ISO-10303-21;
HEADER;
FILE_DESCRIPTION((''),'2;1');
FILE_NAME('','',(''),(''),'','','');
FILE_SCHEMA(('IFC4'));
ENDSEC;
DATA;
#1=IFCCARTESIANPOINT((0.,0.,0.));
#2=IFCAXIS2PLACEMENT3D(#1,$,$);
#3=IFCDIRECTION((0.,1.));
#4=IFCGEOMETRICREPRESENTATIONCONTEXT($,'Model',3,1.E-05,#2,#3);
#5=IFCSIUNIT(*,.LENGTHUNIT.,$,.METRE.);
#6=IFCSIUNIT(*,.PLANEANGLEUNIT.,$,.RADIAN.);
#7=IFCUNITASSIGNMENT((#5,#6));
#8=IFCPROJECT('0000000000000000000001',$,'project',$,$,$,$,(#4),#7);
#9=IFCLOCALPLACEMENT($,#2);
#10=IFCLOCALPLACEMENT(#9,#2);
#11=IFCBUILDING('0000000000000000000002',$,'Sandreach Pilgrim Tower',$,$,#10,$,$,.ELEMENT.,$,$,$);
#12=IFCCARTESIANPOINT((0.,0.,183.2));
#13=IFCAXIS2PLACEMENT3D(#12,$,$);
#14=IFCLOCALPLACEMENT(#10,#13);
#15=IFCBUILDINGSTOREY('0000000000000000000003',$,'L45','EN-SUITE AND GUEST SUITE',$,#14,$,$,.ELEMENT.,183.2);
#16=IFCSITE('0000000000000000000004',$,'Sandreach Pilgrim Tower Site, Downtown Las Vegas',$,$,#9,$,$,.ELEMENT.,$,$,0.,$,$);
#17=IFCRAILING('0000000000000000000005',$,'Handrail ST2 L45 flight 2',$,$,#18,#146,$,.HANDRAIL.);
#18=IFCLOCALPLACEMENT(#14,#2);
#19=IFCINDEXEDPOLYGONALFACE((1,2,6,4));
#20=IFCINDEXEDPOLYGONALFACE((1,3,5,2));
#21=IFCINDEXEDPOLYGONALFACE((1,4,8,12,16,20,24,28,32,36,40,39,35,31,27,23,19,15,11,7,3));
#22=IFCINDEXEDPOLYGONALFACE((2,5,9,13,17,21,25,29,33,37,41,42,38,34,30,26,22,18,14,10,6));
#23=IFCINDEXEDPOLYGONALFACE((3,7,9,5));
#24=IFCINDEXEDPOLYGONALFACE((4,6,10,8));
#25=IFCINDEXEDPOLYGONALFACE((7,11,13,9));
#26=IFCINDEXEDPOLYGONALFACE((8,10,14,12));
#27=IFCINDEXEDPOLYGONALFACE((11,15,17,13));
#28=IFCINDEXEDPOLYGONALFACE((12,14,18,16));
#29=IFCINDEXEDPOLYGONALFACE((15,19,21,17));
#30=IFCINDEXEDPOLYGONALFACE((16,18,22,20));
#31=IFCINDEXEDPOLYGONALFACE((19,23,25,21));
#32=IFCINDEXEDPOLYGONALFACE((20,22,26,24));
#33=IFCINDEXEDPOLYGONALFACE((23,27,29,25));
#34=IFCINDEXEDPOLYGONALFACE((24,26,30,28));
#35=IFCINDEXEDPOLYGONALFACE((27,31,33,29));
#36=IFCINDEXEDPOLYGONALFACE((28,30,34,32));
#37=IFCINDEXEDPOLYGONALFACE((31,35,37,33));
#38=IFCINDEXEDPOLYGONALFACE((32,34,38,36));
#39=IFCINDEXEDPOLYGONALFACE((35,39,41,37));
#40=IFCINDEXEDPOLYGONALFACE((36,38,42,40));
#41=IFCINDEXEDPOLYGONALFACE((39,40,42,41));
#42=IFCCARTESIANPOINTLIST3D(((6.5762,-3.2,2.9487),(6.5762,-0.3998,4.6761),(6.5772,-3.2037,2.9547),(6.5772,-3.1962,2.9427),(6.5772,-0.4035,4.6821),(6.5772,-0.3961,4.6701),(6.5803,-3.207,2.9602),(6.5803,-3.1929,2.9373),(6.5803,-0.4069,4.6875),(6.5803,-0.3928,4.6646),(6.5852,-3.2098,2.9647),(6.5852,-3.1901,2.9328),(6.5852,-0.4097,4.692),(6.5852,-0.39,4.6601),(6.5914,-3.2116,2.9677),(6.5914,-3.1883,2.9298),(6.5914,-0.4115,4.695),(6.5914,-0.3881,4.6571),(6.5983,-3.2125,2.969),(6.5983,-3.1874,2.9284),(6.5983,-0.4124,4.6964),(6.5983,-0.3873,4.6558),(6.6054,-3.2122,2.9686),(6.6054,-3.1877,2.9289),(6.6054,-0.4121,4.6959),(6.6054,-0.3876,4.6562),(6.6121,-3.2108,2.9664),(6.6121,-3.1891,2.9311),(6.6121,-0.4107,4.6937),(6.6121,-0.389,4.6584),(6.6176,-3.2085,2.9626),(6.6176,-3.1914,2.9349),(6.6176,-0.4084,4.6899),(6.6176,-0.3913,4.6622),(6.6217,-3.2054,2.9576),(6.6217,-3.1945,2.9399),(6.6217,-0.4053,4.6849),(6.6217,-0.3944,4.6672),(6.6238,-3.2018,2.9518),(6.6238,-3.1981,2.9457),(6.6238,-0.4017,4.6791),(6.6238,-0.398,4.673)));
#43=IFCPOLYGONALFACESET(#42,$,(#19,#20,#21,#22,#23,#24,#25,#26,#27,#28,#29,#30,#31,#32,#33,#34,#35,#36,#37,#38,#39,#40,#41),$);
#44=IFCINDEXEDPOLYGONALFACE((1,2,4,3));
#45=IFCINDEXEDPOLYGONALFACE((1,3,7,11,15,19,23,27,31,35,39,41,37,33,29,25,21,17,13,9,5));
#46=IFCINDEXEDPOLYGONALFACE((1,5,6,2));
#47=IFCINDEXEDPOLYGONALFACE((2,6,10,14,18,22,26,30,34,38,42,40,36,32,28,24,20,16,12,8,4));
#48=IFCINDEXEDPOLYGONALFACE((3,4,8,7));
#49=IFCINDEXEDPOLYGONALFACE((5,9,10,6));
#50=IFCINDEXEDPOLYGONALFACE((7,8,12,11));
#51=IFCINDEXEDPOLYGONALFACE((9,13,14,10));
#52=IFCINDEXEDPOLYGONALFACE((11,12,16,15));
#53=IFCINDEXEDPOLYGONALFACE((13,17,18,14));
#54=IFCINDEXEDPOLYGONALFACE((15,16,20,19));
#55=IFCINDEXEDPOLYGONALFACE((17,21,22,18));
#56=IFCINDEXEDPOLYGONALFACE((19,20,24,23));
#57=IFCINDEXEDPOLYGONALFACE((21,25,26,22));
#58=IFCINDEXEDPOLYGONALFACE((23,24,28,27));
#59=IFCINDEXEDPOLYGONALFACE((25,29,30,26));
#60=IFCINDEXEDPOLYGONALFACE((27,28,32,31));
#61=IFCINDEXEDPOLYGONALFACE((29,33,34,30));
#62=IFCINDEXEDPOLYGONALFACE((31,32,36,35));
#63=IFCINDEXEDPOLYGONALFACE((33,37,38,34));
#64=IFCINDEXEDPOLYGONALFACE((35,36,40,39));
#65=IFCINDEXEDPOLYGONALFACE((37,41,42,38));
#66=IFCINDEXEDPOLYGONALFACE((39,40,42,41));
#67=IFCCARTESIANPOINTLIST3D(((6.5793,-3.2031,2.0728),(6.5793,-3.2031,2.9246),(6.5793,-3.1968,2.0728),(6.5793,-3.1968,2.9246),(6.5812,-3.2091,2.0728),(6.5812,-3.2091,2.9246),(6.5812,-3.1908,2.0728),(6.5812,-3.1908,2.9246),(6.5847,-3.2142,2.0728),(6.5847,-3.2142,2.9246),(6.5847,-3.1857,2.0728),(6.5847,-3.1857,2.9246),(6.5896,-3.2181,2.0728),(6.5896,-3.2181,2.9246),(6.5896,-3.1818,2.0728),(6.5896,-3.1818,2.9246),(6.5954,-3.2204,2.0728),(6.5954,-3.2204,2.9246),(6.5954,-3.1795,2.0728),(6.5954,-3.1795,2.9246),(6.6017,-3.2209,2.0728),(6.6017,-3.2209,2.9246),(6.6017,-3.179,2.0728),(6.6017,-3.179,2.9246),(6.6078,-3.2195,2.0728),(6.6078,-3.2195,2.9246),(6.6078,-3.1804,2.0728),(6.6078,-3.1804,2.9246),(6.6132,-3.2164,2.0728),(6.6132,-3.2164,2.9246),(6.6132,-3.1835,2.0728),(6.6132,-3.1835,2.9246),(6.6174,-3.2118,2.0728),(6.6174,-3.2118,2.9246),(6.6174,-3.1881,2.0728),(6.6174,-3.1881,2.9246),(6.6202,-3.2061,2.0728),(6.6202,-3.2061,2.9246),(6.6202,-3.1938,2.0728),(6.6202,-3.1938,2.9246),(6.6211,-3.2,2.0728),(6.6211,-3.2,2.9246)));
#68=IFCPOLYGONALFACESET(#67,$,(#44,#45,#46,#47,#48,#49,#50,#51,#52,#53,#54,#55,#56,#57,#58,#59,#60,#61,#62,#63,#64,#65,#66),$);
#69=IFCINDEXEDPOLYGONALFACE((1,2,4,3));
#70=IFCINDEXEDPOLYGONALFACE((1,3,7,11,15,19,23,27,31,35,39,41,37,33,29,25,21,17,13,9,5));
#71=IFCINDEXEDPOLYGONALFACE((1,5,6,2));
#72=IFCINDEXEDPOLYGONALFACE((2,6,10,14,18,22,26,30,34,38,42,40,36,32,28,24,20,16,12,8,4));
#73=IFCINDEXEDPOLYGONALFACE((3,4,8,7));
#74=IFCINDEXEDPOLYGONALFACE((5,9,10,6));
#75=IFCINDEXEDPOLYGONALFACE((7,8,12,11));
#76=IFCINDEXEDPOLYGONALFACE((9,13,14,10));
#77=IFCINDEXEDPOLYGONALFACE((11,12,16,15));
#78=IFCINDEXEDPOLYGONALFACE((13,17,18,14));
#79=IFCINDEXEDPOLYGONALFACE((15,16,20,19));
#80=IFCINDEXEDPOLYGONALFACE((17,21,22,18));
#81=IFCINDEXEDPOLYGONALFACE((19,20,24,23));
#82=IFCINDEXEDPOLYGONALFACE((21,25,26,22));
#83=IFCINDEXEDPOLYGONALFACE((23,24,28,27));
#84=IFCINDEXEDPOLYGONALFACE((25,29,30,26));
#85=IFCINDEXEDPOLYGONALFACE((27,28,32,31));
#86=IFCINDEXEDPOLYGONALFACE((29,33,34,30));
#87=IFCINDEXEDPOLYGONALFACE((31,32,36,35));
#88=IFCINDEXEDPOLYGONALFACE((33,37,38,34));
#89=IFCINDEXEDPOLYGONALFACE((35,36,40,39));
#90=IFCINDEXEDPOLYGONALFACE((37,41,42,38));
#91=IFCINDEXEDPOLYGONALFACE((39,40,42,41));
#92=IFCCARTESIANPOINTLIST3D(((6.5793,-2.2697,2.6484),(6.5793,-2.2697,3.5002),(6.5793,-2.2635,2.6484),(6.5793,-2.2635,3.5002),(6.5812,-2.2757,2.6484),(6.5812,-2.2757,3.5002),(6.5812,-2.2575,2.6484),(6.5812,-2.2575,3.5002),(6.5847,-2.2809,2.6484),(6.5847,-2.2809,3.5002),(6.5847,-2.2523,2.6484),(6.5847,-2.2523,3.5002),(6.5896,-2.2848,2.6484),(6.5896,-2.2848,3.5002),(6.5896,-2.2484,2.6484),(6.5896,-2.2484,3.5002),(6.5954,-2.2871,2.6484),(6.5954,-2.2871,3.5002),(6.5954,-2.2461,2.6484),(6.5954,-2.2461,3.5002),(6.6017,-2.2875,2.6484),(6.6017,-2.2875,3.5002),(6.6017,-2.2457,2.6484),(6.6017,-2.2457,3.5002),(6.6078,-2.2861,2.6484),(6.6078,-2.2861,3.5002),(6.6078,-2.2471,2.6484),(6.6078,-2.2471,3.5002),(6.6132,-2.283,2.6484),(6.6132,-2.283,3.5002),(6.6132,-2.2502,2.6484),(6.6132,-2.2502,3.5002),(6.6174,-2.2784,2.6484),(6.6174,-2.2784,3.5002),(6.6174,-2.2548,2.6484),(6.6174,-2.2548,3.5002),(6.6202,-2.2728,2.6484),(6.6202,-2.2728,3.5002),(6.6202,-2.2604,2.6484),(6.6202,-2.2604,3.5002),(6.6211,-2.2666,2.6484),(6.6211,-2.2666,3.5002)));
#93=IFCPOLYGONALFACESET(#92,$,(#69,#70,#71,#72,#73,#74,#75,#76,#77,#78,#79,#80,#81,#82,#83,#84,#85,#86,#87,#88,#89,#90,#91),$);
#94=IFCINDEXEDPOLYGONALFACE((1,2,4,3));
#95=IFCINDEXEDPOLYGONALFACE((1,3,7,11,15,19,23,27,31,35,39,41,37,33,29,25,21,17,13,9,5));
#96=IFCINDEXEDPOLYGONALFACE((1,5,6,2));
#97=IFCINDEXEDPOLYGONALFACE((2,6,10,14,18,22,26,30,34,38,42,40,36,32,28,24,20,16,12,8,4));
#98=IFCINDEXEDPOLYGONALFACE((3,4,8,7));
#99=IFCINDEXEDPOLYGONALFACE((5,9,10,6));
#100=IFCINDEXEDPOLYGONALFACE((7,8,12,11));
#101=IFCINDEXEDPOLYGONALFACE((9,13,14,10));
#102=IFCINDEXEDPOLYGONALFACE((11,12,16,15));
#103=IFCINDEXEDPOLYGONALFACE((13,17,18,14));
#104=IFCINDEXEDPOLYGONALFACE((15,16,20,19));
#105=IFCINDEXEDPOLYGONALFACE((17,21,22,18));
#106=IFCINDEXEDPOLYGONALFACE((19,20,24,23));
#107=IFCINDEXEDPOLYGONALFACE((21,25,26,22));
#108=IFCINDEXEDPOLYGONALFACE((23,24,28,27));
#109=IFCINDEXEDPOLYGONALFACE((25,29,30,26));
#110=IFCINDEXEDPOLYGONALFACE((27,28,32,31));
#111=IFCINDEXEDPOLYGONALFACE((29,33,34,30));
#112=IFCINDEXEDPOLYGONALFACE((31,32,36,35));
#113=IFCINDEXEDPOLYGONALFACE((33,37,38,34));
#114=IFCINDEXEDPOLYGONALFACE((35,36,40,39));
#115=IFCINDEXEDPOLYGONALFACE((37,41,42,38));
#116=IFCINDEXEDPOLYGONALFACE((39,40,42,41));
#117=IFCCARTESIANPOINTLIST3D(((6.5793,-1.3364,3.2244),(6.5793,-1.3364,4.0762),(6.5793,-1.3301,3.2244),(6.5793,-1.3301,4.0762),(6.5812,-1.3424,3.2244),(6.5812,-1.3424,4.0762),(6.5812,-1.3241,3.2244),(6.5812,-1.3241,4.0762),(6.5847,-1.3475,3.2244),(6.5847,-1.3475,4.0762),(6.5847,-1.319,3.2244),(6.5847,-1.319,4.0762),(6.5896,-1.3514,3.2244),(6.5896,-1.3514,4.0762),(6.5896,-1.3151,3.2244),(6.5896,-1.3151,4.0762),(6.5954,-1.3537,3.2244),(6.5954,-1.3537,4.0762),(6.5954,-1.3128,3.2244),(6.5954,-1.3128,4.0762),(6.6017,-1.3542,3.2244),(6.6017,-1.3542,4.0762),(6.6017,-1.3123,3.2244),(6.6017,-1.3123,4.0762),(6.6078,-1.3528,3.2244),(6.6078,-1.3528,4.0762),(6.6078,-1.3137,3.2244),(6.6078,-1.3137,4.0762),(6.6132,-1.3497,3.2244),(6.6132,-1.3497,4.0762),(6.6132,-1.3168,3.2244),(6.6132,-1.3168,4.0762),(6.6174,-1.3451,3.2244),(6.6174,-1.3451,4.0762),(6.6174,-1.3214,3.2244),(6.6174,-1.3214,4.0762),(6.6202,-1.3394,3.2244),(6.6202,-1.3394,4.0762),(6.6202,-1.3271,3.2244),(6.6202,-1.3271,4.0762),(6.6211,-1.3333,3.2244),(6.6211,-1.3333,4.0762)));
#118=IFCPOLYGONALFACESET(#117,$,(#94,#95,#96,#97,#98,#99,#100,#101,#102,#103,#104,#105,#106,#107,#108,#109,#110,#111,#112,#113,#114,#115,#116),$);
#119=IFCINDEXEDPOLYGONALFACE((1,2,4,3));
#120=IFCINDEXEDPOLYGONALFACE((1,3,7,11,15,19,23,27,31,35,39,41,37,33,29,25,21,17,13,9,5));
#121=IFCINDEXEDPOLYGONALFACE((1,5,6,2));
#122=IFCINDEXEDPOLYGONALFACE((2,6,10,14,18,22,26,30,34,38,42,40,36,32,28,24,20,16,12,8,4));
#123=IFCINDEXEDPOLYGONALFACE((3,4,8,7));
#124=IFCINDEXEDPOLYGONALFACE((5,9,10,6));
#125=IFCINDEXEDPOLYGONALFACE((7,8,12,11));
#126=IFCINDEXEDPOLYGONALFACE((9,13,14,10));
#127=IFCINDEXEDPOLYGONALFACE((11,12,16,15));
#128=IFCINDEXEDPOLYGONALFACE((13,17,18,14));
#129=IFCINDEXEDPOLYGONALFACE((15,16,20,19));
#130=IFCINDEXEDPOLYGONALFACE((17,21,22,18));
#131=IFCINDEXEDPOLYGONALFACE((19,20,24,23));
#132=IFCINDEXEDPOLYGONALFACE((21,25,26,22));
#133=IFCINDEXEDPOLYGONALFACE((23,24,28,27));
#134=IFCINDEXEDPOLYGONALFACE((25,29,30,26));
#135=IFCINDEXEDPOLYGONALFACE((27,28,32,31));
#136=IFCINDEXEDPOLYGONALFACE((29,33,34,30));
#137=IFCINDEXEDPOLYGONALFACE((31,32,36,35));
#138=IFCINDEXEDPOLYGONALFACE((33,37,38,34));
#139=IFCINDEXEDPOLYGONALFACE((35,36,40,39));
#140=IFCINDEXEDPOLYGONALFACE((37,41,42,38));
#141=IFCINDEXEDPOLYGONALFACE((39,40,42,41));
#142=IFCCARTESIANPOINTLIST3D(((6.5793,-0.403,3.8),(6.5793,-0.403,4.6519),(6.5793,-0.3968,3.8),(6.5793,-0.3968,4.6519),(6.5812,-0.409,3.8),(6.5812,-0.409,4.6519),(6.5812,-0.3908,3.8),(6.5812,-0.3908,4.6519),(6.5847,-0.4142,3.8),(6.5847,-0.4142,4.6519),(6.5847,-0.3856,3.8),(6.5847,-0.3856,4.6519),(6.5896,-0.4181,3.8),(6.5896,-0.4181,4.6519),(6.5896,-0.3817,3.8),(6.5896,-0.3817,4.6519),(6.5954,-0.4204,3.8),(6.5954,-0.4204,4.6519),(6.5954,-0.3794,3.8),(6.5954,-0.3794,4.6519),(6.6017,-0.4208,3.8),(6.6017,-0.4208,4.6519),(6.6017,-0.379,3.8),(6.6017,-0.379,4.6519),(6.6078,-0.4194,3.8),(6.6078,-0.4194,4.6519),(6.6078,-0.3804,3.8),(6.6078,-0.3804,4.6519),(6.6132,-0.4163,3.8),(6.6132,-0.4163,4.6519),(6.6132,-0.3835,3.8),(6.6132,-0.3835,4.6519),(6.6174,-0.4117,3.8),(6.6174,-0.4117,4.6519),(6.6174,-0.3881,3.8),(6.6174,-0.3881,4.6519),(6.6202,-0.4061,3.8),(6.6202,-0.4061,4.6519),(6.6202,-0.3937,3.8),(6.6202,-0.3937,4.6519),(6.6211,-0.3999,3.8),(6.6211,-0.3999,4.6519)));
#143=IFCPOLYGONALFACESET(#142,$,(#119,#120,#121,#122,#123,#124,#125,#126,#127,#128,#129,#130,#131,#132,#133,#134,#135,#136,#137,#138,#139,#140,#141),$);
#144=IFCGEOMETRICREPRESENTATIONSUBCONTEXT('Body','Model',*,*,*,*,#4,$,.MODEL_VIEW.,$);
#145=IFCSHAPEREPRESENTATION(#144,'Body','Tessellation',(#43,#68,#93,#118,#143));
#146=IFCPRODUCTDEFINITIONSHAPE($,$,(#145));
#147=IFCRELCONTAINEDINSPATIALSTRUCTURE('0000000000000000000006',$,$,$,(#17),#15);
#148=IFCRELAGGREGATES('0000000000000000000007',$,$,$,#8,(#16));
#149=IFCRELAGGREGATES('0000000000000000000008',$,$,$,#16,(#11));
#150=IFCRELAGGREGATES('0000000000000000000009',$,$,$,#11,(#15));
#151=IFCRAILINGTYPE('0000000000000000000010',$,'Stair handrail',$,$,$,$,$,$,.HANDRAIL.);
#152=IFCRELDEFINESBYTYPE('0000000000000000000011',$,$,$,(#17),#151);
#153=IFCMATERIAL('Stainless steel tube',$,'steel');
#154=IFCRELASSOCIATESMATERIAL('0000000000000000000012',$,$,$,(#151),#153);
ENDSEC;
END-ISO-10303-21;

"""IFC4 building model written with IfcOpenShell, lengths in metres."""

from ifc_helpers import new_model, si_unit, direction, frame, origin, origin_2d, place, context, subcontext, project, spatial, circle, extrude, material, type_object, element, save


model = new_model("IFC4")

# Units and contexts
model_context = context("Model", 3, precision=1e-05, world=origin(), true_north=direction((0.0, 1.0)))
body_context = subcontext(model_context, "Body", "Model", "MODEL_VIEW")
ifc_project = project(units=[si_unit("LENGTHUNIT", "METRE"), si_unit("PLANEANGLEUNIT", "RADIAN")], contexts=[model_context])

# Site, building, storey
site_placement = place(None, origin())
site = spatial("IfcSite", under=ifc_project, at=site_placement, Name="Sandreach Pilgrim Tower Site, Downtown Las Vegas", CompositionType="ELEMENT", RefElevation=0.0)
building_placement = place(site_placement, origin())
building = spatial("IfcBuilding", under=site, at=building_placement, Name="Sandreach Pilgrim Tower", CompositionType="ELEMENT")
storey_placement = place(building_placement, frame((0.0, 0.0, 183.2)))
storey = spatial("IfcBuildingStorey", under=building, at=storey_placement, Name="L45", Description="EN-SUITE AND GUEST SUITE", CompositionType="ELEMENT", Elevation=183.2)

# Railing
ifc_material_1 = material(Name="Stainless steel tube", Category="steel")
railing_type = type_object("IfcRailingType", Name="Stair handrail", PredefinedType="HANDRAIL", material=ifc_material_1)
for number, where, name in (
    (1, (6.6001, -3.2, 2.0728), "Handrail ST2 L45 flight 2"),
):
    element("IfcRailing", number, at=place(storey_placement, frame(where)), inside=storey, type_object=railing_type, Name=name, PredefinedType="HANDRAIL", context=body_context, shape_type="SweptSolid", body=[
        extrude(circle(Radius=0.0239, at=origin_2d()), frame((0.0, 0.0, 0.876), z_axis=(0.0, 0.85109, 0.52502), x_axis=(-1.0, 0.0, 0.0)), (0.0, 0.0, 1.0), 3.29),
        extrude(circle(Radius=0.021, at=origin_2d()), origin(), (0.0, 0.0, 1.0), 0.8518),
        extrude(circle(Radius=0.021, at=origin_2d()), frame((0.0, 0.9333, 0.5757)), (0.0, 0.0, 1.0), 0.8518),
        extrude(circle(Radius=0.021, at=origin_2d()), frame((0.0, 1.8667, 1.1516)), (0.0, 0.0, 1.0), 0.8518),
        extrude(circle(Radius=0.021, at=origin_2d()), frame((0.0, 2.8, 1.7273)), (0.0, 0.0, 1.0), 0.8518),
    ])

save(model, "model.ifc")
